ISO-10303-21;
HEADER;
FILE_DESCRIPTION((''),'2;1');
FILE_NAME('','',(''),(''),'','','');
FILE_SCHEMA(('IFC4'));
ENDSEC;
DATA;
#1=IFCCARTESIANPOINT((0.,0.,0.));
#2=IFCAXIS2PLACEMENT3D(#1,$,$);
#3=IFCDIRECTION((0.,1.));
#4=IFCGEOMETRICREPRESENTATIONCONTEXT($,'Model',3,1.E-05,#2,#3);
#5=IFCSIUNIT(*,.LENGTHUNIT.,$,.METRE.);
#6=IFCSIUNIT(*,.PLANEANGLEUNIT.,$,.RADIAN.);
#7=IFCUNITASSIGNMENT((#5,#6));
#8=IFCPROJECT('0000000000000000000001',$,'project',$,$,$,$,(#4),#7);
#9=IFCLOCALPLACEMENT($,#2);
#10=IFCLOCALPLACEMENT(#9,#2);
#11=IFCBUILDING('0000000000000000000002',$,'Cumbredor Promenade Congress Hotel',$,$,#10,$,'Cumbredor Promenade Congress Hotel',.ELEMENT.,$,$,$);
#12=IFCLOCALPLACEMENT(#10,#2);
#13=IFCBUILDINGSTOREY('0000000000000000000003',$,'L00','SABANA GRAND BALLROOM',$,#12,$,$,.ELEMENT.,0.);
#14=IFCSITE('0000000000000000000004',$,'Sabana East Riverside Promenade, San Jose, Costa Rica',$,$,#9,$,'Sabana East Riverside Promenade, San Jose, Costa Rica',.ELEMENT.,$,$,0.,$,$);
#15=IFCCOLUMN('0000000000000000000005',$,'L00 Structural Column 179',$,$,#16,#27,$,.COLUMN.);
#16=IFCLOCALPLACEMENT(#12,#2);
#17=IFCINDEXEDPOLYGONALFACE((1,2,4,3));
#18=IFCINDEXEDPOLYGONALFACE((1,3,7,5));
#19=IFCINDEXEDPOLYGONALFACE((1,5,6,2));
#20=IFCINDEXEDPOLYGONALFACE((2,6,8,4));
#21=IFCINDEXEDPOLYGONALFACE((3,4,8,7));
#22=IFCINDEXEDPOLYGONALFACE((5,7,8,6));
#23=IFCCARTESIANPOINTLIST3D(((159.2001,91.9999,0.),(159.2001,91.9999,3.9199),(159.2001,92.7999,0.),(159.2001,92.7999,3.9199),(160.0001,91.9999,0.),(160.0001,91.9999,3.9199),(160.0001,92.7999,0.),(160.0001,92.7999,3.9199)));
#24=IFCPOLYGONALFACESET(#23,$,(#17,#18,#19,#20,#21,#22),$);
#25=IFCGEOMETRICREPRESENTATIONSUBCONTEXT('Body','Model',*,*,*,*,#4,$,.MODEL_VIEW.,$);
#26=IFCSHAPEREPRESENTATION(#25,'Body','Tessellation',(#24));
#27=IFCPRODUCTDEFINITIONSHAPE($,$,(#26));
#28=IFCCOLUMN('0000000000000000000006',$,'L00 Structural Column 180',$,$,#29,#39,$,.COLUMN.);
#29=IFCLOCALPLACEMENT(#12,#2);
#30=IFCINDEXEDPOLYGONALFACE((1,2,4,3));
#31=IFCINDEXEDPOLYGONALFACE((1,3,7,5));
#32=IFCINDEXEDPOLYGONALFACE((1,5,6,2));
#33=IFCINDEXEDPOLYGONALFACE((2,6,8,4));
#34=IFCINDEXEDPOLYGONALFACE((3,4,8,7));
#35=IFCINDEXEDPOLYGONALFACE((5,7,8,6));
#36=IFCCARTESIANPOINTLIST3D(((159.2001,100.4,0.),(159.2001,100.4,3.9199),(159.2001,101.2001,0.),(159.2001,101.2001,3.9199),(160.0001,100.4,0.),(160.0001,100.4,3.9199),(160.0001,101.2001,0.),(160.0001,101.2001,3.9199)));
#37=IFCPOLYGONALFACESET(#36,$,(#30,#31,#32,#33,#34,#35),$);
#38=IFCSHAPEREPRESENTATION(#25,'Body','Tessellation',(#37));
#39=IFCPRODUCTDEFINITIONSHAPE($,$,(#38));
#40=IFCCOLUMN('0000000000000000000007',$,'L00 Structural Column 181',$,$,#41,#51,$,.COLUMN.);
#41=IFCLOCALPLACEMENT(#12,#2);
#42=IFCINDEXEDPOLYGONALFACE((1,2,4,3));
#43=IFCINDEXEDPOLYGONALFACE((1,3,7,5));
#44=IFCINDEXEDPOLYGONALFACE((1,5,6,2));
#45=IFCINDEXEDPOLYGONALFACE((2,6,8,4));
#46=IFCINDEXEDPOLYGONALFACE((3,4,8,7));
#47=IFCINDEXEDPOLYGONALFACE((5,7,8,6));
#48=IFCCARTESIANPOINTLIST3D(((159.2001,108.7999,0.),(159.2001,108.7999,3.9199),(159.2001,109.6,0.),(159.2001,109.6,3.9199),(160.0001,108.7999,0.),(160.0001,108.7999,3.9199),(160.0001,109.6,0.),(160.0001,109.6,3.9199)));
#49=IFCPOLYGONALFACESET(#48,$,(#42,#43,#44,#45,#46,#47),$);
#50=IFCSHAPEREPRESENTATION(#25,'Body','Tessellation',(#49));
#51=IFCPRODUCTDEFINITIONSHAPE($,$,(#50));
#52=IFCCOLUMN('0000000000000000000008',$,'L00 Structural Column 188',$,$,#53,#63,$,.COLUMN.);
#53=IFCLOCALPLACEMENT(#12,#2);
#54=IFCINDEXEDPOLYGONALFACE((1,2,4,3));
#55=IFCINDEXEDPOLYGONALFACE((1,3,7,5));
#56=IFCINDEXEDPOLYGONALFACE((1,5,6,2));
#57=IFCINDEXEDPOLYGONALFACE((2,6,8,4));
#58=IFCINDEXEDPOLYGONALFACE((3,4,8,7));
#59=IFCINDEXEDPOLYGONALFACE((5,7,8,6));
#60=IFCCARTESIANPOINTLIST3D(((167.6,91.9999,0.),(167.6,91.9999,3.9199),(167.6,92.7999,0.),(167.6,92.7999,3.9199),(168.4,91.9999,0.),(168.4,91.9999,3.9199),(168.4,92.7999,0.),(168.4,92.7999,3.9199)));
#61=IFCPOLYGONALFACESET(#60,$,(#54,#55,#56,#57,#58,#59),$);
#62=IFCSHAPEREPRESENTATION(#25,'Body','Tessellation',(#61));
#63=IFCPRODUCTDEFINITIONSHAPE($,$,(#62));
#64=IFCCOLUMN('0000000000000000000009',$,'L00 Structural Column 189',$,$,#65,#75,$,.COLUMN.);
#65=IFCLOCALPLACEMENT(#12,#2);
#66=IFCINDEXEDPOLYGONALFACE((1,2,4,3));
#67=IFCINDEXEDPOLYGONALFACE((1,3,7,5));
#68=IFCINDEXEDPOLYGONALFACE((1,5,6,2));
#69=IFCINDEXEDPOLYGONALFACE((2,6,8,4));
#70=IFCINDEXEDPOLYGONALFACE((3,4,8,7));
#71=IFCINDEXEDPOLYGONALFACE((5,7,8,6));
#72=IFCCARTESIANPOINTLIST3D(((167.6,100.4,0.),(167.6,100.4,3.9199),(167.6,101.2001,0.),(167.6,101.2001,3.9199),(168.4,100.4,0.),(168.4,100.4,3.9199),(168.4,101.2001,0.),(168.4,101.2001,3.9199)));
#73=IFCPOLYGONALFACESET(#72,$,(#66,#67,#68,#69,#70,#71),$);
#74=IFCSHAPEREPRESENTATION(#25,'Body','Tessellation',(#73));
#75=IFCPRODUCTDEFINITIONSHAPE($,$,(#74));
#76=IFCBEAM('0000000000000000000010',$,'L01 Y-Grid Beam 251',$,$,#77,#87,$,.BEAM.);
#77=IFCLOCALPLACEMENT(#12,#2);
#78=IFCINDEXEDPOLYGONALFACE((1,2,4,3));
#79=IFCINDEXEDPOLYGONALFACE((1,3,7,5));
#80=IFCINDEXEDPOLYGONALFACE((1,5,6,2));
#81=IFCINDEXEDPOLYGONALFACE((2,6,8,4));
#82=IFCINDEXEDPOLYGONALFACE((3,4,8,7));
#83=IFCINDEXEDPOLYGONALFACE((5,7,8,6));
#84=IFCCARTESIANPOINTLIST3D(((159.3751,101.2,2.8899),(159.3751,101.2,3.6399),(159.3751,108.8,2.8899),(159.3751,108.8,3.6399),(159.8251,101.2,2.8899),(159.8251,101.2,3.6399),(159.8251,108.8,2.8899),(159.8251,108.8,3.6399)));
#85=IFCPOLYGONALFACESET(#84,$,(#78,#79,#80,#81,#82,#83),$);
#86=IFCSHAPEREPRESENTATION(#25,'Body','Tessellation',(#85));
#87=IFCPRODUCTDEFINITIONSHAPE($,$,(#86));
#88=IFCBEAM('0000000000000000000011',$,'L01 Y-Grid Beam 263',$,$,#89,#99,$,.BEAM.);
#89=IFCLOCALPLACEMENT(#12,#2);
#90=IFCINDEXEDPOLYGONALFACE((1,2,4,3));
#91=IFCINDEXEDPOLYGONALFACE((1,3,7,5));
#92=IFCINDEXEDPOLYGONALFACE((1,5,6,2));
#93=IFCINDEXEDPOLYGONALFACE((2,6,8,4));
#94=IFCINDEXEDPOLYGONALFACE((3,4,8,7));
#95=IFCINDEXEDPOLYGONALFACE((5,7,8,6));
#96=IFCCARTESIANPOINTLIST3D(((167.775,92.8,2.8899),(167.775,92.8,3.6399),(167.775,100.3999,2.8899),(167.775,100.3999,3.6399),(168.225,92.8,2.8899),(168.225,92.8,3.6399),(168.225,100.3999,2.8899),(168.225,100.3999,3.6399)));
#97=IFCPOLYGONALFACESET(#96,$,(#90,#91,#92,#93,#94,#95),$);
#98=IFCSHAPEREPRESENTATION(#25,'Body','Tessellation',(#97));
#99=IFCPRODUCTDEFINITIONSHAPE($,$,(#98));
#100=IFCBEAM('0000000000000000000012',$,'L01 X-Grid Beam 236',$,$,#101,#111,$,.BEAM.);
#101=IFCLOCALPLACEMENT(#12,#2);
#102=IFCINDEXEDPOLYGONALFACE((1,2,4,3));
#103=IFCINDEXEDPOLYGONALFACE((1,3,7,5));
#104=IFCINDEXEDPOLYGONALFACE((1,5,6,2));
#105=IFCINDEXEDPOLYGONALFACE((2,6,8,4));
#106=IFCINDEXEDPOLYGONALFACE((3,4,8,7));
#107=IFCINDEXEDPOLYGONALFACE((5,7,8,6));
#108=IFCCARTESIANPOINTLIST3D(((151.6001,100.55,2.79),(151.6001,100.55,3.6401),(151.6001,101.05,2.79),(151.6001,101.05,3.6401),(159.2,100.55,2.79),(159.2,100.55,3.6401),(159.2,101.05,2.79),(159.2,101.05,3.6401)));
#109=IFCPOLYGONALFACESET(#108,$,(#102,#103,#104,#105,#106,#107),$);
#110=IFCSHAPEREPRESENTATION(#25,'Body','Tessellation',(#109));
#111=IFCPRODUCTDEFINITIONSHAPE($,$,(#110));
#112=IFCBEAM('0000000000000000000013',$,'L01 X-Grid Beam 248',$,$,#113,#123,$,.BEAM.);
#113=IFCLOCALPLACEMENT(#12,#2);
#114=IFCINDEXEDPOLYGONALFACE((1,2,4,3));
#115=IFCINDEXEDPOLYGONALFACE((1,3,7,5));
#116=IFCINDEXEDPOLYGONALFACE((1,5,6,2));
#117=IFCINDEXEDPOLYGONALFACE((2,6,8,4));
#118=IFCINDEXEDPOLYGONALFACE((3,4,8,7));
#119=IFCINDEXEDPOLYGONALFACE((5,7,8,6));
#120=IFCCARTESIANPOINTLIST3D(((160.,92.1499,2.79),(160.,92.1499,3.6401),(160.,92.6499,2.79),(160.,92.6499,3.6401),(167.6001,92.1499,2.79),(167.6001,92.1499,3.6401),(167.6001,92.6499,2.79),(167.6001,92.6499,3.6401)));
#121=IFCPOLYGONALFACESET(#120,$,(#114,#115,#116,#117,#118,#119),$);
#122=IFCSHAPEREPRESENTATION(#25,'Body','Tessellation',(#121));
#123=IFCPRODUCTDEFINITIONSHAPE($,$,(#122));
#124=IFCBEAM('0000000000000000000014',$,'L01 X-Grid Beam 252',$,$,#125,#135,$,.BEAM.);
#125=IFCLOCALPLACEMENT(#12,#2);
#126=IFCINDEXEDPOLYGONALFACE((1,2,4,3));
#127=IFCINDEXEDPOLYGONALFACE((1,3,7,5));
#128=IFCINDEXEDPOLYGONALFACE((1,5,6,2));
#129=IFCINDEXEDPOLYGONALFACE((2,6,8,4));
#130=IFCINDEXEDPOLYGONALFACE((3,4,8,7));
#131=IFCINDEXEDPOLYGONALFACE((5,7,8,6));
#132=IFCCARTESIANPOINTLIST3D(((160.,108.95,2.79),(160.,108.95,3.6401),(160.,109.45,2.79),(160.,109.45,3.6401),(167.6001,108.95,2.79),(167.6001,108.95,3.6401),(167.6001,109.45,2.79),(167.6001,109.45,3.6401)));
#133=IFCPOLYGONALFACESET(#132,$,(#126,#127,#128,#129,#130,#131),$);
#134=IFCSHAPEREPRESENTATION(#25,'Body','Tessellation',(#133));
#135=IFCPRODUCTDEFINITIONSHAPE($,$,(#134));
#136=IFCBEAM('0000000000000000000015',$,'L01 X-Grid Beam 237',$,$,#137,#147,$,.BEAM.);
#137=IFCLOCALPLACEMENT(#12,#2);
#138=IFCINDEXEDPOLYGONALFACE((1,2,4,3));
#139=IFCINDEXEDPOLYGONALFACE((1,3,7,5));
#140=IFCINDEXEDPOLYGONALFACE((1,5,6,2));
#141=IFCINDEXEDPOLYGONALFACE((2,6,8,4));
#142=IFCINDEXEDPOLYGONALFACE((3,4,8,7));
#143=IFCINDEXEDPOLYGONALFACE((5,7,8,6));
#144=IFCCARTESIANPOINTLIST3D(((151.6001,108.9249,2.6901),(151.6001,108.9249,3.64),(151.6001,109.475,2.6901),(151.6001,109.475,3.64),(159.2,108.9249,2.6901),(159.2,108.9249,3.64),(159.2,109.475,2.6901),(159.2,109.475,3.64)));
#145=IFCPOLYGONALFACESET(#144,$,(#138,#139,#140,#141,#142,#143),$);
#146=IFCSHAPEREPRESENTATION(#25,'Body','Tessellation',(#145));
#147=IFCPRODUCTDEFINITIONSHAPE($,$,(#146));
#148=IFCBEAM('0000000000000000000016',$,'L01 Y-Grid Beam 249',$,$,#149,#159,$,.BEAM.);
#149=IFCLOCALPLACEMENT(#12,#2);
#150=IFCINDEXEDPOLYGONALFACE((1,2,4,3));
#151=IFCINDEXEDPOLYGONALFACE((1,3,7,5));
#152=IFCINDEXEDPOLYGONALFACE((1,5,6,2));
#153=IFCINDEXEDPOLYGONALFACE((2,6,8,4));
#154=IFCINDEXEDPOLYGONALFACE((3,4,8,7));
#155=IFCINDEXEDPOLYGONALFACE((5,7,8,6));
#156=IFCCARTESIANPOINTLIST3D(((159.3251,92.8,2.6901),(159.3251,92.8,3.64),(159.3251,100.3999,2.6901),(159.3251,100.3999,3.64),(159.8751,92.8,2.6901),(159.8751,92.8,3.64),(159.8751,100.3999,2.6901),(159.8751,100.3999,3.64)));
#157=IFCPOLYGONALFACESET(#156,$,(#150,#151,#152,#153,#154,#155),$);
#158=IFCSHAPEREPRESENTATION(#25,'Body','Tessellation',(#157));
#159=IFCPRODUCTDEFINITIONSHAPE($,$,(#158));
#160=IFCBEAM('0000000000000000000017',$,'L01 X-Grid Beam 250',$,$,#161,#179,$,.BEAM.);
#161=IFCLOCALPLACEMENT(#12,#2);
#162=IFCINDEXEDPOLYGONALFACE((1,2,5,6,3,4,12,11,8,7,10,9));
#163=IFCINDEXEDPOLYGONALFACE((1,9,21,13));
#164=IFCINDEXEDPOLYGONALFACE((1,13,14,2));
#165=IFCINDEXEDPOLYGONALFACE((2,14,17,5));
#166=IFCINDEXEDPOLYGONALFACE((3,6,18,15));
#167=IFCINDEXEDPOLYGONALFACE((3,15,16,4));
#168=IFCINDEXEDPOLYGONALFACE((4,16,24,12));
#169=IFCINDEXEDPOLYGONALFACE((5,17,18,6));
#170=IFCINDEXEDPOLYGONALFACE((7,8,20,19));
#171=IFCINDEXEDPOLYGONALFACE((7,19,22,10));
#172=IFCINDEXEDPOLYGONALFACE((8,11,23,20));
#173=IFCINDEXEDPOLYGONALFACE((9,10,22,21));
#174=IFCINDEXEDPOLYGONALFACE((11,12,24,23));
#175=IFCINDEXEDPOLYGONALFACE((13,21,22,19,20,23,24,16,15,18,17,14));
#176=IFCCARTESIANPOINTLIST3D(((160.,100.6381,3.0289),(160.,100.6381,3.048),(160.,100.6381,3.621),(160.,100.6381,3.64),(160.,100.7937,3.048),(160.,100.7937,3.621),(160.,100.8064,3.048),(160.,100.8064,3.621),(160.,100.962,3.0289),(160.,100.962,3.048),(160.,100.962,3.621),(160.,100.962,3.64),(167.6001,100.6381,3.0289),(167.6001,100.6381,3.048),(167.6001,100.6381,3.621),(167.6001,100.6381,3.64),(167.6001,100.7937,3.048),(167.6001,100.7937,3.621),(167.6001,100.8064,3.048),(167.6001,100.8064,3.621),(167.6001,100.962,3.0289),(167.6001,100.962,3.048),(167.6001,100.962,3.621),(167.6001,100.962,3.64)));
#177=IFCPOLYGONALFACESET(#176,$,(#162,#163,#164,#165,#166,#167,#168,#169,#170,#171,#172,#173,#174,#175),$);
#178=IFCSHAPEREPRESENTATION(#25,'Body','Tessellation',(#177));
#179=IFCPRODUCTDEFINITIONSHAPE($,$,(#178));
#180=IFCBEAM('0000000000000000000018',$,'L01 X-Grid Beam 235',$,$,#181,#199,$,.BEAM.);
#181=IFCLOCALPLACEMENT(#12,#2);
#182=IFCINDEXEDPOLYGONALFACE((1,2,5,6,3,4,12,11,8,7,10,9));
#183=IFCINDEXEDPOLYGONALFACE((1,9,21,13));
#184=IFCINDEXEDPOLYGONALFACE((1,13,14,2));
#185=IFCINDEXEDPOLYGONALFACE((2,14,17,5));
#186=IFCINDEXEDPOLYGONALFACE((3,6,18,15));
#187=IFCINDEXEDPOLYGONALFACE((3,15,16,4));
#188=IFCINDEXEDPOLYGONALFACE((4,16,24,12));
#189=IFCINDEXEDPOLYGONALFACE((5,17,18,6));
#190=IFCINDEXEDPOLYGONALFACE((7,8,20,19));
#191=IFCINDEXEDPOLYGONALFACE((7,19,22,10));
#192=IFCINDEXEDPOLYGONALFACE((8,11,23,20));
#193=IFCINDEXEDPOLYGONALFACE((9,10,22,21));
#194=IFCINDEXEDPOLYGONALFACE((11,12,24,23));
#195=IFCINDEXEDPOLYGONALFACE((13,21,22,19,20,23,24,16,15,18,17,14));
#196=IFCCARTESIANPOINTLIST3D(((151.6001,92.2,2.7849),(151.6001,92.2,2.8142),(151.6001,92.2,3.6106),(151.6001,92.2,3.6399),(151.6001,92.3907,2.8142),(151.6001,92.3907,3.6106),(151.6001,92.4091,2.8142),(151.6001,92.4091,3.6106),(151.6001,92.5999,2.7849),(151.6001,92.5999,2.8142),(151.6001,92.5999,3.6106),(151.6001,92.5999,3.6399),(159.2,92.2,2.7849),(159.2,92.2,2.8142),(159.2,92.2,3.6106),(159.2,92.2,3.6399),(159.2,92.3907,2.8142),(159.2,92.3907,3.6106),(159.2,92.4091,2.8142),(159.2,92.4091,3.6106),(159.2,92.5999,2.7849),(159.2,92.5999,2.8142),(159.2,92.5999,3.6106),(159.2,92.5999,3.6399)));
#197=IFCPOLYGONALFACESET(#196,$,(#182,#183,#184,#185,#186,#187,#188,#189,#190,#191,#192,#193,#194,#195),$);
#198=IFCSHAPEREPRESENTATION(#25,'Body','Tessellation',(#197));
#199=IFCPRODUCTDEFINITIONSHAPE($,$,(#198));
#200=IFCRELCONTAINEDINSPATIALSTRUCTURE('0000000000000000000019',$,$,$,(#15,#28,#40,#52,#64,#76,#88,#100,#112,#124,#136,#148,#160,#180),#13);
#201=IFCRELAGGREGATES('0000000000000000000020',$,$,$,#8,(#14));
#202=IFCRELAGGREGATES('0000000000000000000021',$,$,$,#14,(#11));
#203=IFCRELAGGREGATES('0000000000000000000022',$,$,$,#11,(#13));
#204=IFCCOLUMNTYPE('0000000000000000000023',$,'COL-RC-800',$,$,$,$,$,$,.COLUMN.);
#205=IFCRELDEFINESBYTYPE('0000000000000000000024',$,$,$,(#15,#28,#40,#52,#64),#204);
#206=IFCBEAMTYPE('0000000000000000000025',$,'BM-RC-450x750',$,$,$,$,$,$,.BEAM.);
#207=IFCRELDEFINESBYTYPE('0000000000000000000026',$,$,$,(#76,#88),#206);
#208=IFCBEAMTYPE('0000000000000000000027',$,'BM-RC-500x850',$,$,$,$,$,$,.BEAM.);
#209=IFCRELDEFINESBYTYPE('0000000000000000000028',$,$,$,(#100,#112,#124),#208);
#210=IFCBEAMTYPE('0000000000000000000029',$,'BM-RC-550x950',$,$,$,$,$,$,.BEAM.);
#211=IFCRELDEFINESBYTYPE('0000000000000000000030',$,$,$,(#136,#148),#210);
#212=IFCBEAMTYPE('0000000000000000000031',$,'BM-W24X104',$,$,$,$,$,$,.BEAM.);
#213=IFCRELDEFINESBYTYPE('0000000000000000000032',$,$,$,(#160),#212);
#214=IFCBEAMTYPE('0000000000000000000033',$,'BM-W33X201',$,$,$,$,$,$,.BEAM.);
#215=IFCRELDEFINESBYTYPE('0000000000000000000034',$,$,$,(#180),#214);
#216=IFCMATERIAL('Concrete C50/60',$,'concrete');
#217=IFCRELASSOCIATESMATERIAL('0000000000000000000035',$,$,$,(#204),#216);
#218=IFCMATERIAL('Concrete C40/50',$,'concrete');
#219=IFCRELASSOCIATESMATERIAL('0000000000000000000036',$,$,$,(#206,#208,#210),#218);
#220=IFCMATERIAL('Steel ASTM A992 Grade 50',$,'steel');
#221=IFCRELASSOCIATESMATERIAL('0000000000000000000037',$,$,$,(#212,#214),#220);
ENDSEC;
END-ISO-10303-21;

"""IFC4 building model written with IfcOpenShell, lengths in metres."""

from ifc_helpers import new_model, si_unit, direction, frame, origin, origin_2d, place, context, subcontext, project, spatial, rectangle, i_section, extrude, material, material_profile, profile_set, type_object, element, save


model = new_model("IFC4")

# Units and contexts
model_context = context("Model", 3, precision=1e-05, world=origin(), true_north=direction((0.0, 1.0)))
body_context = subcontext(model_context, "Body", "Model", "MODEL_VIEW")
ifc_project = project(units=[si_unit("LENGTHUNIT", "METRE"), si_unit("PLANEANGLEUNIT", "RADIAN")], contexts=[model_context])

# Site, building, storey
site_placement = place(None, origin())
site = spatial("IfcSite", under=ifc_project, at=site_placement, Name="Sabana East Riverside Promenade, San Jose, Costa Rica", LongName="Sabana East Riverside Promenade, San Jose, Costa Rica", CompositionType="ELEMENT", RefElevation=0.0)
building_placement = place(site_placement, origin())
building = spatial("IfcBuilding", under=site, at=building_placement, Name="Cumbredor Promenade Congress Hotel", LongName="Cumbredor Promenade Congress Hotel", CompositionType="ELEMENT")
storey_placement = place(building_placement, origin())
storey = spatial("IfcBuildingStorey", under=building, at=storey_placement, Name="L00", Description="SABANA GRAND BALLROOM", CompositionType="ELEMENT", Elevation=0.0)

# Columns
ifc_material_1 = material(Name="Concrete C50/60", Category="concrete")
ifc_material_profile_1 = material_profile(ifc_material_1, rectangle(XDim=0.8, YDim=0.8, at=origin_2d()), Name="RC 800x800")
ifc_profile_set_1 = profile_set([ifc_material_profile_1], Name="Concrete C50/60")
column_type = type_object("IfcColumnType", Name="COL-RC-800", PredefinedType="COLUMN", material=ifc_profile_set_1)
for number, where, z_axis, x_axis, name in (
    (1, (159.6001, 92.3999, 0.0), (0.0, 0.0, 1.0), (1.0, 0.0, 0.0), "L00 Structural Column 179"),
    (2, (159.6001, 100.8, 0.0), (0.0, 0.0, 1.0), (1.0, 0.0, 0.0), "L00 Structural Column 180"),
    (3, (159.6001, 109.2, 0.0), (0.0, 0.0, 1.0), (1.0, 0.0, 0.0), "L00 Structural Column 181"),
    (4, (168.0, 92.3999, 0.0), (0.0, 0.0, 1.0), (1.0, 0.0, 0.0), "L00 Structural Column 188"),
    (5, (168.0, 100.8, 0.0), (0.0, 0.0, 1.0), (1.0, 0.0, 0.0), "L00 Structural Column 189"),
):
    element("IfcColumn", number, at=place(storey_placement, frame(where, z_axis=z_axis, x_axis=x_axis)), inside=storey, type_object=column_type, Name=name, PredefinedType="COLUMN", context=body_context, shape_type="SweptSolid", body=[
        extrude(rectangle(XDim=0.8, YDim=0.8, at=origin_2d()), origin(), (0.0, 0.0, 1.0), 3.9199),
    ])

# Beams
ifc_material_2 = material(Name="Concrete C40/50", Category="concrete")
ifc_material_profile_2 = material_profile(ifc_material_2, rectangle(XDim=0.45, YDim=0.75, at=origin_2d()), Name="RC BEAM 450x750")
ifc_profile_set_2 = profile_set([ifc_material_profile_2], Name="Concrete C40/50")
beam_type_1 = type_object("IfcBeamType", Name="BM-RC-450x750", PredefinedType="BEAM", material=ifc_profile_set_2)
beam_1_placement = place(storey_placement, frame((159.6001, 101.2, 3.2649), z_axis=(0.0, 1.0, 0.0), x_axis=(-1.0, 0.0, 0.0)))
element("IfcBeam", 6, at=beam_1_placement, inside=storey, type_object=beam_type_1, Name="L01 Y-Grid Beam 251", PredefinedType="BEAM", context=body_context, shape_type="SweptSolid", body=[
    extrude(rectangle(XDim=0.45, YDim=0.75, at=origin_2d()), origin(), (0.0, 0.0, 1.0), 7.6001),
])
beam_2_placement = place(storey_placement, frame((168.0, 92.8, 3.2649), z_axis=(0.0, 1.0, 0.0), x_axis=(-1.0, 0.0, 0.0)))
element("IfcBeam", 7, at=beam_2_placement, inside=storey, type_object=beam_type_1, Name="L01 Y-Grid Beam 263", PredefinedType="BEAM", context=body_context, shape_type="SweptSolid", body=[
    extrude(rectangle(XDim=0.45, YDim=0.75, at=origin_2d()), origin(), (0.0, 0.0, 1.0), 7.5999),
])
ifc_material_profile_3 = material_profile(ifc_material_2, rectangle(XDim=0.5, YDim=0.8501, at=origin_2d()), Name="RC BEAM 500x850")
ifc_profile_set_3 = profile_set([ifc_material_profile_3], Name="Concrete C40/50")
beam_type_2 = type_object("IfcBeamType", Name="BM-RC-500x850", PredefinedType="BEAM", material=ifc_profile_set_3)
beam_3_placement = place(storey_placement, frame((151.6001, 100.8, 3.2151), z_axis=(1.0, 0.0, 0.0), x_axis=(0.0, 1.0, 0.0)))
element("IfcBeam", 8, at=beam_3_placement, inside=storey, type_object=beam_type_2, Name="L01 X-Grid Beam 236", PredefinedType="BEAM", context=body_context, shape_type="SweptSolid", body=[
    extrude(rectangle(XDim=0.5, YDim=0.8501, at=origin_2d()), origin(), (0.0, 0.0, 1.0), 7.5999),
])
for number, where, z_axis, x_axis, name in (
    (9, (160.0, 92.3999, 3.2151), (1.0, 0.0, 0.0), (0.0, 1.0, 0.0), "L01 X-Grid Beam 248"),
    (10, (160.0, 109.2, 3.2151), (1.0, 0.0, 0.0), (0.0, 1.0, 0.0), "L01 X-Grid Beam 252"),
):
    element("IfcBeam", number, at=place(storey_placement, frame(where, z_axis=z_axis, x_axis=x_axis)), inside=storey, type_object=beam_type_2, Name=name, PredefinedType="BEAM", context=body_context, shape_type="SweptSolid", body=[
        extrude(rectangle(XDim=0.5, YDim=0.8501, at=origin_2d()), origin(), (0.0, 0.0, 1.0), 7.6001),
    ])
ifc_material_profile_4 = material_profile(ifc_material_2, rectangle(XDim=0.55, YDim=0.95, at=origin_2d()), Name="RC BEAM 550x950")
ifc_profile_set_4 = profile_set([ifc_material_profile_4], Name="Concrete C40/50")
beam_type_3 = type_object("IfcBeamType", Name="BM-RC-550x950", PredefinedType="BEAM", material=ifc_profile_set_4)
for number, where, z_axis, x_axis, name in (
    (11, (151.6001, 109.2, 3.165), (1.0, 0.0, 0.0), (0.0, 1.0, 0.0), "L01 X-Grid Beam 237"),
    (12, (159.6001, 92.8, 3.165), (0.0, 1.0, 0.0), (-1.0, 0.0, 0.0), "L01 Y-Grid Beam 249"),
):
    element("IfcBeam", number, at=place(storey_placement, frame(where, z_axis=z_axis, x_axis=x_axis)), inside=storey, type_object=beam_type_3, Name=name, PredefinedType="BEAM", context=body_context, shape_type="SweptSolid", body=[
        extrude(rectangle(XDim=0.55, YDim=0.95, at=origin_2d()), origin(), (0.0, 0.0, 1.0), 7.5999),
    ])
ifc_material_3 = material(Name="Steel ASTM A992 Grade 50", Category="steel")
ifc_material_profile_5 = material_profile(ifc_material_3, i_section(OverallWidth=0.324, OverallDepth=0.6111, WebThickness=0.0127, FlangeThickness=0.019, at=origin_2d()), Name="W24X104")
ifc_profile_set_5 = profile_set([ifc_material_profile_5], Name="Steel ASTM A992 Grade 50")
beam_type_4 = type_object("IfcBeamType", Name="BM-W24X104", PredefinedType="BEAM", material=ifc_profile_set_5)
beam_4_placement = place(storey_placement, frame((160.0, 100.8, 3.3345), z_axis=(1.0, 0.0, 0.0), x_axis=(0.0, 1.0, 0.0)))
element("IfcBeam", 13, at=beam_4_placement, inside=storey, type_object=beam_type_4, Name="L01 X-Grid Beam 250", PredefinedType="BEAM", context=body_context, shape_type="SweptSolid", body=[
    extrude(i_section(OverallWidth=0.324, OverallDepth=0.6111, WebThickness=0.0127, FlangeThickness=0.019, at=origin_2d()), origin(), (0.0, 0.0, 1.0), 7.6001),
])
ifc_material_profile_6 = material_profile(ifc_material_3, i_section(OverallWidth=0.3999, OverallDepth=0.855, WebThickness=0.0183, FlangeThickness=0.0293, at=origin_2d()), Name="W33X201")
ifc_profile_set_6 = profile_set([ifc_material_profile_6], Name="Steel ASTM A992 Grade 50")
beam_type_5 = type_object("IfcBeamType", Name="BM-W33X201", PredefinedType="BEAM", material=ifc_profile_set_6)
beam_5_placement = place(storey_placement, frame((151.6001, 92.3999, 3.2124), z_axis=(1.0, 0.0, 0.0), x_axis=(0.0, 1.0, 0.0)))
element("IfcBeam", 14, at=beam_5_placement, inside=storey, type_object=beam_type_5, Name="L01 X-Grid Beam 235", PredefinedType="BEAM", context=body_context, shape_type="SweptSolid", body=[
    extrude(i_section(OverallWidth=0.3999, OverallDepth=0.855, WebThickness=0.0183, FlangeThickness=0.0293, at=origin_2d()), origin(), (0.0, 0.0, 1.0), 7.5999),
])

save(model, "model.ifc")
